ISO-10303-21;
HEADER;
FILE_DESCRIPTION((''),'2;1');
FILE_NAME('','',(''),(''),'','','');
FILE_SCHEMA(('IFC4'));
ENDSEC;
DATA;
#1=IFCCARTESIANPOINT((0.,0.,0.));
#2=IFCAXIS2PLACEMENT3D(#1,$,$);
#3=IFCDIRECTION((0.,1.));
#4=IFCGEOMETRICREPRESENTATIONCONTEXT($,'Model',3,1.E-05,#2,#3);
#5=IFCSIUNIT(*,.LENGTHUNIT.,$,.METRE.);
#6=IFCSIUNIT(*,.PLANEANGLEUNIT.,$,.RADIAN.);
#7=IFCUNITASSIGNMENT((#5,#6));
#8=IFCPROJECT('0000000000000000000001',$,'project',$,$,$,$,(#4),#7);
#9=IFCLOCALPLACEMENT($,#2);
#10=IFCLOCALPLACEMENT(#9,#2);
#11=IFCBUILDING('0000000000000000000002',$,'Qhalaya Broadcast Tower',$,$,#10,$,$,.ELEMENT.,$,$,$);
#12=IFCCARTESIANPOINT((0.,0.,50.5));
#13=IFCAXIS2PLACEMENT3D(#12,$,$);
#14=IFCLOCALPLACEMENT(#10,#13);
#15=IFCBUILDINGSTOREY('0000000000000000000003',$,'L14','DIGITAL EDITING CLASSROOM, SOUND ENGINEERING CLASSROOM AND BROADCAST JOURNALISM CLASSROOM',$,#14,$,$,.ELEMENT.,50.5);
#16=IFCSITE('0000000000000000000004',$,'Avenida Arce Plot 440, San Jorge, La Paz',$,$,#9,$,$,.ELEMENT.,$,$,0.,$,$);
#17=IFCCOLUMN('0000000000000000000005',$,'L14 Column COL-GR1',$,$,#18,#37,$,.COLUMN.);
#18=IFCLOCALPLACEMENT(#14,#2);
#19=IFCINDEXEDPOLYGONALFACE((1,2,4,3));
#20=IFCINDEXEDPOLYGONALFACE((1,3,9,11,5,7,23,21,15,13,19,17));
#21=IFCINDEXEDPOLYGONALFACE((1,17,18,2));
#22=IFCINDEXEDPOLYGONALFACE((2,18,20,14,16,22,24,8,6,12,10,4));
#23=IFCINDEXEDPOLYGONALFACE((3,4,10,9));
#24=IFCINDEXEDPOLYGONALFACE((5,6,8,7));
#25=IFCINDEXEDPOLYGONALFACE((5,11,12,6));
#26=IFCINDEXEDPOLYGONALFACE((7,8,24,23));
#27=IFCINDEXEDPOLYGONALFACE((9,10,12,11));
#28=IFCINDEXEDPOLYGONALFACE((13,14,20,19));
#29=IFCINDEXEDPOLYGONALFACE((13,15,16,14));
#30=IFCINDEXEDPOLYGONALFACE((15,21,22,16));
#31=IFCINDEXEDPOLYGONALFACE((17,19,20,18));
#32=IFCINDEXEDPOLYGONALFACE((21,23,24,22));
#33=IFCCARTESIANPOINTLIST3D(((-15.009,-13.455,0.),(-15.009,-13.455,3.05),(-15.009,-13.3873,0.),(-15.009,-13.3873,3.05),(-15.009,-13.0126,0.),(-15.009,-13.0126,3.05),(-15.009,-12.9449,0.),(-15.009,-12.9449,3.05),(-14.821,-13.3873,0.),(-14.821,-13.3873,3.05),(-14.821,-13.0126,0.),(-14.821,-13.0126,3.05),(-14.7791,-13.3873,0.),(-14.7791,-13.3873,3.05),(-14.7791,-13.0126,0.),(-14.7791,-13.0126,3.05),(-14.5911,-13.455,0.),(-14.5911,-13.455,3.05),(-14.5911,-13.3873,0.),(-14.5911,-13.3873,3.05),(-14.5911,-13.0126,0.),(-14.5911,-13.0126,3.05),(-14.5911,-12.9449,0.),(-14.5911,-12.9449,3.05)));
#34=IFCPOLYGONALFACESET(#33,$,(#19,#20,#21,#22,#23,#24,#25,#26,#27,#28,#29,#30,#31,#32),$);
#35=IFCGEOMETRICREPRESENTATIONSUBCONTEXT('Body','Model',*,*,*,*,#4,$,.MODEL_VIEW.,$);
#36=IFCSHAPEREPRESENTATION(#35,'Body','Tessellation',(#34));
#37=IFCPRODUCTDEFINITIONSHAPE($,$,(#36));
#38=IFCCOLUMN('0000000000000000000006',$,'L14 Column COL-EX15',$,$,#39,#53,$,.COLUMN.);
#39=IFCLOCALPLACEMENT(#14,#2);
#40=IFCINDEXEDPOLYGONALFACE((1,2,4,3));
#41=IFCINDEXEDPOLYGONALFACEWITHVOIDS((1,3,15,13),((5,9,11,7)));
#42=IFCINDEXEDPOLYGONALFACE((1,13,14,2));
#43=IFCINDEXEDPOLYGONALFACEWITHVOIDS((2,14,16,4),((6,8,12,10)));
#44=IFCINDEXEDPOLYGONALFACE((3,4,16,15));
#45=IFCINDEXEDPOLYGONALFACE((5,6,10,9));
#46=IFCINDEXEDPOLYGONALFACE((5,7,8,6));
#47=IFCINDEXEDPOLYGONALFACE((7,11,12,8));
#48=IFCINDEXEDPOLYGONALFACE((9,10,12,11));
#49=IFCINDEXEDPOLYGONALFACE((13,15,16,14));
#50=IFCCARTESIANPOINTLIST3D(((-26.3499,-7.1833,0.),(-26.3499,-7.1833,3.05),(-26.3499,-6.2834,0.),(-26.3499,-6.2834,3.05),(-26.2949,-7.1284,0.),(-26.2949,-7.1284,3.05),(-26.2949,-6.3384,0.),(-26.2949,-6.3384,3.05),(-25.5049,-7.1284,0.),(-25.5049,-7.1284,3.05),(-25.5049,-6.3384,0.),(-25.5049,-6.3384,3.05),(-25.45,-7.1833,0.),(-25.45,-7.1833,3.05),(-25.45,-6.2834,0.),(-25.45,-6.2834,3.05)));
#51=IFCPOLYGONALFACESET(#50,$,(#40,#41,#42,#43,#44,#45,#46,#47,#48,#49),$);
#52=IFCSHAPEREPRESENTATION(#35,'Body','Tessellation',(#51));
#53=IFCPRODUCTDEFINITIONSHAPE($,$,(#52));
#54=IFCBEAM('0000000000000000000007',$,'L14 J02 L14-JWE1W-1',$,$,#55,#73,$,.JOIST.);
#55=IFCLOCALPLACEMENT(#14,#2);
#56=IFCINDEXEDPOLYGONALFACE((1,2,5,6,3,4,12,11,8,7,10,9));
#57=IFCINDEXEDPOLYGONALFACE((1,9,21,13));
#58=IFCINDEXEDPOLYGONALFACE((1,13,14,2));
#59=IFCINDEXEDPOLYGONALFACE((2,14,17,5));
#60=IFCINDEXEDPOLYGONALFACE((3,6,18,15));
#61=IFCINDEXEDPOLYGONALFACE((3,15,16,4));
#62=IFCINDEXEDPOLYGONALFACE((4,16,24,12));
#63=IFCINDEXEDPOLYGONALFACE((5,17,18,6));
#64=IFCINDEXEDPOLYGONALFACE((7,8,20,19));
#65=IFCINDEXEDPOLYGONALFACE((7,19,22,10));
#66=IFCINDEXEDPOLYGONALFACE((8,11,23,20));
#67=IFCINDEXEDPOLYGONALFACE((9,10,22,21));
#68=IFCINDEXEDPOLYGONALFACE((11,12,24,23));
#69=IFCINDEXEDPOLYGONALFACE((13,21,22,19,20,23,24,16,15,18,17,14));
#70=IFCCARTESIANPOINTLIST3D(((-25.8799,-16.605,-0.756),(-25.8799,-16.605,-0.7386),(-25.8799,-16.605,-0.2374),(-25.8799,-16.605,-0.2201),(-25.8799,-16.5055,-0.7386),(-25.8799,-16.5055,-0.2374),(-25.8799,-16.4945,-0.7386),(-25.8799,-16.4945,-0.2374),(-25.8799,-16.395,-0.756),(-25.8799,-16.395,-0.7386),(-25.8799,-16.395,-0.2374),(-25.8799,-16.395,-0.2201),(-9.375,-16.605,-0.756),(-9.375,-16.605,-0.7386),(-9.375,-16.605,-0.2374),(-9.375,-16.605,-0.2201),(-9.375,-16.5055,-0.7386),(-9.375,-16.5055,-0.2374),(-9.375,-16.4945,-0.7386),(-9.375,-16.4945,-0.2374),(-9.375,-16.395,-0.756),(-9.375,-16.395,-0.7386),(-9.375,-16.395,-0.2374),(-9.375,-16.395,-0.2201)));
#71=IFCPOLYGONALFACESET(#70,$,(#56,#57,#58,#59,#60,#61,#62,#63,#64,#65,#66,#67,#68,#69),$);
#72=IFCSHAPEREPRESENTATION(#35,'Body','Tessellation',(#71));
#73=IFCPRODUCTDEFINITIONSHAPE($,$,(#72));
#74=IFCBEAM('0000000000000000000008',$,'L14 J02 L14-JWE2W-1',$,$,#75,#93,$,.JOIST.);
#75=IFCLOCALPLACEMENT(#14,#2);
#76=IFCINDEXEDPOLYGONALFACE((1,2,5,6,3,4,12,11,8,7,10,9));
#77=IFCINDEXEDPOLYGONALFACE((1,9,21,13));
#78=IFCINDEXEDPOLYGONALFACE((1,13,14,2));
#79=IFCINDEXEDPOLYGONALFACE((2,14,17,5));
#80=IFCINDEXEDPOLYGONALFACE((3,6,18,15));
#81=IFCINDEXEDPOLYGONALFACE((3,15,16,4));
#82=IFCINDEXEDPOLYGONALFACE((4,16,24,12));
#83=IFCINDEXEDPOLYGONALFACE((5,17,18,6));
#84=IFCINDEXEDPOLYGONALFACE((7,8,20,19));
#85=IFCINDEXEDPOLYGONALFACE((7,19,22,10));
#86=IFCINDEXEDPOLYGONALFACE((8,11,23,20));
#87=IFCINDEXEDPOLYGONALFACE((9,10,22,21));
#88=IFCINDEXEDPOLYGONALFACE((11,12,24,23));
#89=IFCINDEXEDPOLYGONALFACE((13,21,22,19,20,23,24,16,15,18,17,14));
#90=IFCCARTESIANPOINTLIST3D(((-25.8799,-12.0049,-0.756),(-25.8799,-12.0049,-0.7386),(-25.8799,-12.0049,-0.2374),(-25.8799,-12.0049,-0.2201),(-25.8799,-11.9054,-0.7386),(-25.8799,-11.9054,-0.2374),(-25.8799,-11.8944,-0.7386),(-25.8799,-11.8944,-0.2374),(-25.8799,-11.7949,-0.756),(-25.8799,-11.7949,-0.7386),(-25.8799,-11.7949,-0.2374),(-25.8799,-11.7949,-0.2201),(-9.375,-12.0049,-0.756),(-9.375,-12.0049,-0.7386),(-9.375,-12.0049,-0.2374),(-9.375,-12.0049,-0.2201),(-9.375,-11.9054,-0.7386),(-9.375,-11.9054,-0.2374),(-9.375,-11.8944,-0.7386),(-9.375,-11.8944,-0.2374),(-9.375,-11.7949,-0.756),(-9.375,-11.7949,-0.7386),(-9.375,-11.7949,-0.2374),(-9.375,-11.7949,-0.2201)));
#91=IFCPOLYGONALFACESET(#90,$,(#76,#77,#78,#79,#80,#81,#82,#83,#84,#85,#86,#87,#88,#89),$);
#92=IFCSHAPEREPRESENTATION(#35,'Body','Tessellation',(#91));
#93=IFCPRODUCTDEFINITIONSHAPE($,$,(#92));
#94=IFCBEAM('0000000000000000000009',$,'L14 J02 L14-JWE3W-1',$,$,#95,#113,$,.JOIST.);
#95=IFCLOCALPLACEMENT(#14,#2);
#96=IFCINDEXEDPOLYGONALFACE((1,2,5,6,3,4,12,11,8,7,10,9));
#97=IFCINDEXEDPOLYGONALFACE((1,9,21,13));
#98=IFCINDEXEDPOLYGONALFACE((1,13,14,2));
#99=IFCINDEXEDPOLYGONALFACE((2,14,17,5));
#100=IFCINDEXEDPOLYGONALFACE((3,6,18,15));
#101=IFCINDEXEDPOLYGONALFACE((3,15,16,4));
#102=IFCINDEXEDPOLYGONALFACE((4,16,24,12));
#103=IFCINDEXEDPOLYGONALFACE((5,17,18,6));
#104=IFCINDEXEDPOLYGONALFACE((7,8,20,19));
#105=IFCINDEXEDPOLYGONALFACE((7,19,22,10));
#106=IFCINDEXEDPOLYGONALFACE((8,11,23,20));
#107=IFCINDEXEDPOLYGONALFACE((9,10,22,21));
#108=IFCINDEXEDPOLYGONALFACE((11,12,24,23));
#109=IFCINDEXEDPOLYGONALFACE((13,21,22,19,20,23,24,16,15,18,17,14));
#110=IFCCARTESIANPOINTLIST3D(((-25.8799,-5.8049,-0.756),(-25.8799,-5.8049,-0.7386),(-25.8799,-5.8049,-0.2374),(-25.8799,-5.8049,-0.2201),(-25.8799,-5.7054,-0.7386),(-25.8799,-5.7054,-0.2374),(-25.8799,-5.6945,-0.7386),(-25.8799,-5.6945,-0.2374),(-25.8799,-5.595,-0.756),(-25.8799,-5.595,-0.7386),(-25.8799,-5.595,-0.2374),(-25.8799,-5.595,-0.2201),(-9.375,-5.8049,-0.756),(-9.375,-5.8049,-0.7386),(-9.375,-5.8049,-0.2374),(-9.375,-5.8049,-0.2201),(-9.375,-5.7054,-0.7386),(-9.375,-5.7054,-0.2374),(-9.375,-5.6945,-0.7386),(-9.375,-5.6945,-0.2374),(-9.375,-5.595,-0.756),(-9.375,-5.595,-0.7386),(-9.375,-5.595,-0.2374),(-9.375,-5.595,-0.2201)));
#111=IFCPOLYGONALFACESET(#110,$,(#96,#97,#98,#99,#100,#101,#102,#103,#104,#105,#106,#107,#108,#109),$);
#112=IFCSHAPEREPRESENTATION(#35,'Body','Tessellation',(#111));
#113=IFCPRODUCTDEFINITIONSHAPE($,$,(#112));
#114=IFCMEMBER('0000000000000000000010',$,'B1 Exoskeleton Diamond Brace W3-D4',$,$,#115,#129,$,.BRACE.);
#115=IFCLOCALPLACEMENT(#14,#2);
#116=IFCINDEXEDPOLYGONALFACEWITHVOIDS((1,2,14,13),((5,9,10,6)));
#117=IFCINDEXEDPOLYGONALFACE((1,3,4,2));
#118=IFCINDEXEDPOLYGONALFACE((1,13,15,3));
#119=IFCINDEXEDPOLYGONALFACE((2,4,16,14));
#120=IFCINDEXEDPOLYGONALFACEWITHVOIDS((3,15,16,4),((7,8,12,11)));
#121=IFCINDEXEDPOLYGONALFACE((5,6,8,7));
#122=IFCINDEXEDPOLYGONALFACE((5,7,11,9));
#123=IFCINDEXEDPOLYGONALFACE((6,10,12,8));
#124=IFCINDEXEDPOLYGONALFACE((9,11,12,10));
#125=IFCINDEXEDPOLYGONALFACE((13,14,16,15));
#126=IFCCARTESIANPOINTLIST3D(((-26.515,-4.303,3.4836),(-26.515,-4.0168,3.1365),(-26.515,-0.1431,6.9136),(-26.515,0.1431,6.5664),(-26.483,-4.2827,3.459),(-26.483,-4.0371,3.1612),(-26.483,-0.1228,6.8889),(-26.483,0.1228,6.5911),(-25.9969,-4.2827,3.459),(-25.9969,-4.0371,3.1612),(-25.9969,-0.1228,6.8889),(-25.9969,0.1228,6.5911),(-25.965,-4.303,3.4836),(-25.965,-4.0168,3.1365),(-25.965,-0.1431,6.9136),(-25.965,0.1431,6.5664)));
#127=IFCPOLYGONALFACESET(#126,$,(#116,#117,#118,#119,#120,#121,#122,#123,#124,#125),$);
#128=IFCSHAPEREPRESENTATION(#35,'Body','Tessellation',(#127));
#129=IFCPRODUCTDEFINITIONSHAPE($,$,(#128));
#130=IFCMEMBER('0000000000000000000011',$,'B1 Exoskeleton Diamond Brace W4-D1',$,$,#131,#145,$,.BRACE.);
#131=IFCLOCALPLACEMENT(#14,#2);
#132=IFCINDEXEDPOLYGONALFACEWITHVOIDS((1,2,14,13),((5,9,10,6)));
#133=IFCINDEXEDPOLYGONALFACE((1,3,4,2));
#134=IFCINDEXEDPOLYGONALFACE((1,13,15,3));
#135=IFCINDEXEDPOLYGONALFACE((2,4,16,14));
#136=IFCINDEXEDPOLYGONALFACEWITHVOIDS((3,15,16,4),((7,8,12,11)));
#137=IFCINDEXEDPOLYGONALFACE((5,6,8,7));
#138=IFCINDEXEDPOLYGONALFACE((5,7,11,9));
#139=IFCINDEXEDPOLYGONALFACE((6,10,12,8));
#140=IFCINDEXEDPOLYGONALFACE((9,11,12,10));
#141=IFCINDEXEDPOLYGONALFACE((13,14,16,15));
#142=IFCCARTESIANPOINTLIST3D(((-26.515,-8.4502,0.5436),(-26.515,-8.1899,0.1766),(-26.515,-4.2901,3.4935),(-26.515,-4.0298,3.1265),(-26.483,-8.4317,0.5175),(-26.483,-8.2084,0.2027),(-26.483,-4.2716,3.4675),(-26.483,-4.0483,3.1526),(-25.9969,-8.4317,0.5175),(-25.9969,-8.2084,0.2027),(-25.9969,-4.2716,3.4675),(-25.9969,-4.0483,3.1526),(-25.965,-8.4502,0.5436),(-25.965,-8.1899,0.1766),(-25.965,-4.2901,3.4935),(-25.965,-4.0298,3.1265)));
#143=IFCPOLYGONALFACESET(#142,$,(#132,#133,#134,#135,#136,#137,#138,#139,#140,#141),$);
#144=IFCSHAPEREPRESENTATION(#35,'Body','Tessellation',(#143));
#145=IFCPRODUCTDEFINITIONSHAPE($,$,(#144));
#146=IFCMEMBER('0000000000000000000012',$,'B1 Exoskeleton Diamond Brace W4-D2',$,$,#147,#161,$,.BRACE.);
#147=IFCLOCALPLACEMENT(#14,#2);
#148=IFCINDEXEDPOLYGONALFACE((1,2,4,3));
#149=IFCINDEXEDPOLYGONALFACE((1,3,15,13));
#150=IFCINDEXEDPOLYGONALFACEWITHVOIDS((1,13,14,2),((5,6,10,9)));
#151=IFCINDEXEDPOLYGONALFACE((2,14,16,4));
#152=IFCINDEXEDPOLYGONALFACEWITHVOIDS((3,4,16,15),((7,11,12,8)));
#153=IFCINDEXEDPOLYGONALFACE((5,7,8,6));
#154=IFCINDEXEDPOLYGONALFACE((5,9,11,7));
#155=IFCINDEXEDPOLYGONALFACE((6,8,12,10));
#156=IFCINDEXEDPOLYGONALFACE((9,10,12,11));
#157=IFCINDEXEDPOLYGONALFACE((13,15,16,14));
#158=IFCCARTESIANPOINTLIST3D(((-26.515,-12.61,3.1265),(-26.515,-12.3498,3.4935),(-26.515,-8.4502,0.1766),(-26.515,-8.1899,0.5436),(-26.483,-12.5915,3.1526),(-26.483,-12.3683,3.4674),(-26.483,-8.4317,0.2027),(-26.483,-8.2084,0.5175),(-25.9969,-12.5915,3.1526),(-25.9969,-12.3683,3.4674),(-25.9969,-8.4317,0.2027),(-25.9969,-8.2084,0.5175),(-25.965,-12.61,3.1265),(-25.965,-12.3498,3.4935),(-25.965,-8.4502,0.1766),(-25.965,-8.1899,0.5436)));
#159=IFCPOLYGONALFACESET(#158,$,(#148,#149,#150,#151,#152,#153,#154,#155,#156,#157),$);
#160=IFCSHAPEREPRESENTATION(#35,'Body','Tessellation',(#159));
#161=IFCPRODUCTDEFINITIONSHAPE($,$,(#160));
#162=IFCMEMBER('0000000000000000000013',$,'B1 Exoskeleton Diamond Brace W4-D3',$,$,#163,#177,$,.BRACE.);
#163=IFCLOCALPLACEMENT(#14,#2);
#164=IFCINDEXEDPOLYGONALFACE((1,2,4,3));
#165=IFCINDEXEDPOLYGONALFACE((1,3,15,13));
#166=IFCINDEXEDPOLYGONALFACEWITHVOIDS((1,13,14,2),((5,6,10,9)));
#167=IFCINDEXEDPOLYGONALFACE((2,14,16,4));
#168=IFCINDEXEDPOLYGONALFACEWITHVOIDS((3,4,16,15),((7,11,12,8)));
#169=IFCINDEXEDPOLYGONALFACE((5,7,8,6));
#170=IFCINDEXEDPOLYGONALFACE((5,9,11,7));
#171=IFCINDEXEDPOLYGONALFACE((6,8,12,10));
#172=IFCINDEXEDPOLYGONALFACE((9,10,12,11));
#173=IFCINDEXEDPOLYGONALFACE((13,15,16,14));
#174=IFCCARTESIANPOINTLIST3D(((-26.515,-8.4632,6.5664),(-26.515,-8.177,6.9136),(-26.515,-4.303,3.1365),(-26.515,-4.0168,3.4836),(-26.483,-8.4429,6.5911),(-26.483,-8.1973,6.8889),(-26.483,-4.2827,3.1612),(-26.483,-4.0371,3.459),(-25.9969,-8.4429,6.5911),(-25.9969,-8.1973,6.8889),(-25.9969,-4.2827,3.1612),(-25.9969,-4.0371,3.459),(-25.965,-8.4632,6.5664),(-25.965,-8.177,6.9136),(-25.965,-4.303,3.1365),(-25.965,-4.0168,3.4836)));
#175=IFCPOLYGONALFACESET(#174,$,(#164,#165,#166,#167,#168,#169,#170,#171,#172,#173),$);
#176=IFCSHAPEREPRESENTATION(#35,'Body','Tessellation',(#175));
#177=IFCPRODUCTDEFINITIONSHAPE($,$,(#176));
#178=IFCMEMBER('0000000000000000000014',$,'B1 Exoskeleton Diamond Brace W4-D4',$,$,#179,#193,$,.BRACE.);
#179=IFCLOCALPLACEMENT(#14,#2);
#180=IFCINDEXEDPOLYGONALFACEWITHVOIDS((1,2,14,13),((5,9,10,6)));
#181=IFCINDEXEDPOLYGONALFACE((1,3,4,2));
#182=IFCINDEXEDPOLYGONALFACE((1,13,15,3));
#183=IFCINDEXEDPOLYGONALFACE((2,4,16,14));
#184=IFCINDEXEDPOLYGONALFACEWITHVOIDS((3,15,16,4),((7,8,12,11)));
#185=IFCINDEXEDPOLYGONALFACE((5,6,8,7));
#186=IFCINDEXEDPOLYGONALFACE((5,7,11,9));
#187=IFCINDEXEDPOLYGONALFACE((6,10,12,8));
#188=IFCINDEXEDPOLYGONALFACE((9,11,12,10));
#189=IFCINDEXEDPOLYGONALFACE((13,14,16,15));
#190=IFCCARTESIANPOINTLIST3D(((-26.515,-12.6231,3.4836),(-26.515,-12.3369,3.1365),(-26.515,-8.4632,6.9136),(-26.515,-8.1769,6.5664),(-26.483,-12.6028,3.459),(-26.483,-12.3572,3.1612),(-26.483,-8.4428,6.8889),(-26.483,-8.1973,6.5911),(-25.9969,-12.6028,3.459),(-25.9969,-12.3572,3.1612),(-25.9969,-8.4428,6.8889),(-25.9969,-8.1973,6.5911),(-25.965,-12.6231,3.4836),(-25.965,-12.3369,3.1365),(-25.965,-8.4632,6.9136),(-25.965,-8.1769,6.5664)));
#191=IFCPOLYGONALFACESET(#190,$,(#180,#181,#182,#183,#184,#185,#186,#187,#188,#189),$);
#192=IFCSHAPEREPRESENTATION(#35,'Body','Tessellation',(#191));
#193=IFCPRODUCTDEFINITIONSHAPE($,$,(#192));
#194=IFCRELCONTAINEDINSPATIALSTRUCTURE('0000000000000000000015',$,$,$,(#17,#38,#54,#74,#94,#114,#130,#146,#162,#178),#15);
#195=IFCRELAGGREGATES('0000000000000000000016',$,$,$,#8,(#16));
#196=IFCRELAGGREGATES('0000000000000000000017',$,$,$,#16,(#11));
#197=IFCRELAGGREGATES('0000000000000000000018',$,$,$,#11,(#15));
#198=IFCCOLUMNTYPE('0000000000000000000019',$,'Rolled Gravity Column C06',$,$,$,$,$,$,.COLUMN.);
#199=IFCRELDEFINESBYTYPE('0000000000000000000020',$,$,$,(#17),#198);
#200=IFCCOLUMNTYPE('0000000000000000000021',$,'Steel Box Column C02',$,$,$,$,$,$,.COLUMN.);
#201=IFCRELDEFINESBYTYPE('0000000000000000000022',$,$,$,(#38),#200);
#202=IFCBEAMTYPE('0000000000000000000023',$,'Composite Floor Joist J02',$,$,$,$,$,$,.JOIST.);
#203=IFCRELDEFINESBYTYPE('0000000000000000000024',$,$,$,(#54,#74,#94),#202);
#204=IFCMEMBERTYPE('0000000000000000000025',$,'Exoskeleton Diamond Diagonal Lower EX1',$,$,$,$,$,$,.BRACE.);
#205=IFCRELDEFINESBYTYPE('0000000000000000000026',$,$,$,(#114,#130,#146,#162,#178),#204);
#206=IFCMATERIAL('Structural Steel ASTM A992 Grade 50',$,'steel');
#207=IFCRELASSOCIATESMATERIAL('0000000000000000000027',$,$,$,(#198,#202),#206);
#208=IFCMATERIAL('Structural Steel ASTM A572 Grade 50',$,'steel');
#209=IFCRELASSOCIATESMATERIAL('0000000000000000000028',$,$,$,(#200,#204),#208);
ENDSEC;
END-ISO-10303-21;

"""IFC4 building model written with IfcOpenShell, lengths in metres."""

from ifc_helpers import new_model, si_unit, direction, frame, origin, origin_2d, place, context, subcontext, project, spatial, hollow_rectangle, i_section, extrude, material, material_profile, profile_set, type_object, element, save


model = new_model("IFC4")

# Units and contexts
model_context = context("Model", 3, precision=1e-05, world=origin(), true_north=direction((0.0, 1.0)))
body_context = subcontext(model_context, "Body", "Model", "MODEL_VIEW")
ifc_project = project(units=[si_unit("LENGTHUNIT", "METRE"), si_unit("PLANEANGLEUNIT", "RADIAN")], contexts=[model_context])

# Site, building, storey
site_placement = place(None, origin())
site = spatial("IfcSite", under=ifc_project, at=site_placement, Name="Avenida Arce Plot 440, San Jorge, La Paz", CompositionType="ELEMENT", RefElevation=0.0)
building_placement = place(site_placement, origin())
building = spatial("IfcBuilding", under=site, at=building_placement, Name="Qhalaya Broadcast Tower", CompositionType="ELEMENT")
storey_placement = place(building_placement, frame((0.0, 0.0, 50.5)))
storey = spatial("IfcBuildingStorey", under=building, at=storey_placement, Name="L14", Description="DIGITAL EDITING CLASSROOM, SOUND ENGINEERING CLASSROOM AND BROADCAST JOURNALISM CLASSROOM", CompositionType="ELEMENT", Elevation=50.5)

# Columns
ifc_material_1 = material(Name="Structural Steel ASTM A992 Grade 50", Category="steel")
ifc_material_profile_1 = material_profile(ifc_material_1, i_section(OverallWidth=0.418, OverallDepth=0.51, WebThickness=0.042, FlangeThickness=0.0676, at=origin_2d()), Name="W14X370")
ifc_profile_set_1 = profile_set([ifc_material_profile_1], Name="Structural Steel ASTM A992 Grade 50")
column_type_1 = type_object("IfcColumnType", Name="Rolled Gravity Column C06", PredefinedType="COLUMN", material=ifc_profile_set_1)
column_1_placement = place(storey_placement, frame((-14.8, -13.2, 0.0), z_axis=(0.0, 0.0, 1.0), x_axis=(1.0, 0.0, 0.0)))
element("IfcColumn", 1, at=column_1_placement, inside=storey, type_object=column_type_1, Name="L14 Column COL-GR1", PredefinedType="COLUMN", context=body_context, shape_type="SweptSolid", body=[
    extrude(i_section(OverallWidth=0.418, OverallDepth=0.51, WebThickness=0.042, FlangeThickness=0.0676, at=origin_2d()), origin(), (0.0, 0.0, 1.0), 3.05),
])
ifc_material_2 = material(Name="Structural Steel ASTM A572 Grade 50", Category="steel")
ifc_material_profile_2 = material_profile(ifc_material_2, hollow_rectangle(XDim=0.8999, YDim=0.8999, WallThickness=0.0549, at=origin_2d()), Name="BOX 900x900x55")
ifc_profile_set_2 = profile_set([ifc_material_profile_2], Name="Structural Steel ASTM A572 Grade 50")
column_type_2 = type_object("IfcColumnType", Name="Steel Box Column C02", PredefinedType="COLUMN", material=ifc_profile_set_2)
column_2_placement = place(storey_placement, frame((-25.8999, -6.7334, 0.0), z_axis=(0.0, 0.0, 1.0), x_axis=(0.0, 1.0, 0.0)))
element("IfcColumn", 2, at=column_2_placement, inside=storey, type_object=column_type_2, Name="L14 Column COL-EX15", PredefinedType="COLUMN", context=body_context, shape_type="SweptSolid", body=[
    extrude(hollow_rectangle(XDim=0.8999, YDim=0.8999, WallThickness=0.0549, at=origin_2d()), origin(), (0.0, 0.0, 1.0), 3.05),
])

# Beams
ifc_material_profile_3 = material_profile(ifc_material_1, i_section(OverallWidth=0.21, OverallDepth=0.5359, WebThickness=0.011, FlangeThickness=0.0173, at=origin_2d()), Name="W21X68")
ifc_profile_set_3 = profile_set([ifc_material_profile_3], Name="Structural Steel ASTM A992 Grade 50")
beam_type_1 = type_object("IfcBeamType", Name="Composite Floor Joist J02", PredefinedType="JOIST", material=ifc_profile_set_3)
for number, where, z_axis, x_axis, name in (
    (3, (-25.8799, -16.5, -0.488), (1.0, 0.0, 0.0), (0.0, 1.0, 0.0), "L14 J02 L14-JWE1W-1"),
    (4, (-25.8799, -11.8999, -0.488), (1.0, 0.0, 0.0), (0.0, 1.0, 0.0), "L14 J02 L14-JWE2W-1"),
    (5, (-25.8799, -5.7, -0.488), (1.0, 0.0, 0.0), (0.0, 1.0, 0.0), "L14 J02 L14-JWE3W-1"),
):
    element("IfcBeam", number, at=place(storey_placement, frame(where, z_axis=z_axis, x_axis=x_axis)), inside=storey, type_object=beam_type_1, Name=name, PredefinedType="JOIST", context=body_context, shape_type="SweptSolid", body=[
        extrude(i_section(OverallWidth=0.21, OverallDepth=0.5359, WebThickness=0.011, FlangeThickness=0.0173, at=origin_2d()), origin(), (0.0, 0.0, 1.0), 16.5049),
    ])

# Members
ifc_material_profile_4 = material_profile(ifc_material_2, hollow_rectangle(XDim=0.45, YDim=0.55, WallThickness=0.032, at=origin_2d()), Name="BOX 450x550x32")
ifc_profile_set_4 = profile_set([ifc_material_profile_4], Name="Structural Steel ASTM A572 Grade 50")
member_type = type_object("IfcMemberType", Name="Exoskeleton Diamond Diagonal Lower EX1", PredefinedType="BRACE", material=ifc_profile_set_4)
member_1_placement = place(storey_placement, frame((-26.24, -4.1599, 3.3101), z_axis=(0.0, 0.771555, 0.636163), x_axis=(0.0, -0.636163, 0.771555)))
element("IfcMember", 6, at=member_1_placement, inside=storey, type_object=member_type, Name="B1 Exoskeleton Diamond Brace W3-D4", PredefinedType="BRACE", context=body_context, shape_type="SweptSolid", body=[
    extrude(hollow_rectangle(XDim=0.45, YDim=0.55, WallThickness=0.032, at=origin_2d()), origin(), (0.0, 0.0, 1.0), 5.3916),
])
member_2_placement = place(storey_placement, frame((-26.24, -8.3201, 0.3601), z_axis=(0.0, 0.815731, 0.578432), x_axis=(0.0, -0.578432, 0.815731)))
element("IfcMember", 7, at=member_2_placement, inside=storey, type_object=member_type, Name="B1 Exoskeleton Diamond Brace W4-D1", PredefinedType="BRACE", context=body_context, shape_type="SweptSolid", body=[
    extrude(hollow_rectangle(XDim=0.45, YDim=0.55, WallThickness=0.032, at=origin_2d()), origin(), (0.0, 0.0, 1.0), 5.0999),
])
member_3_placement = place(storey_placement, frame((-26.24, -8.3201, 0.3601), z_axis=(0.0, -0.815715, 0.578454), x_axis=(0.0, 0.578454, 0.815715)))
element("IfcMember", 8, at=member_3_placement, inside=storey, type_object=member_type, Name="B1 Exoskeleton Diamond Brace W4-D2", PredefinedType="BRACE", context=body_context, shape_type="SweptSolid", body=[
    extrude(hollow_rectangle(XDim=0.45, YDim=0.55, WallThickness=0.032, at=origin_2d()), origin(), (0.0, 0.0, 1.0), 5.0996),
])
member_4_placement = place(storey_placement, frame((-26.24, -4.1599, 3.3101), z_axis=(0.0, -0.771573, 0.63614), x_axis=(0.0, 0.63614, 0.771573)))
element("IfcMember", 9, at=member_4_placement, inside=storey, type_object=member_type, Name="B1 Exoskeleton Diamond Brace W4-D3", PredefinedType="BRACE", context=body_context, shape_type="SweptSolid", body=[
    extrude(hollow_rectangle(XDim=0.45, YDim=0.55, WallThickness=0.032, at=origin_2d()), origin(), (0.0, 0.0, 1.0), 5.3918),
])
for number, where, z_axis, x_axis, name in (
    (10, (-26.24, -12.48, 3.3101), (0.0, 0.771555, 0.636163), (0.0, -0.636163, 0.771555), "B1 Exoskeleton Diamond Brace W4-D4"),
):
    element("IfcMember", number, at=place(storey_placement, frame(where, z_axis=z_axis, x_axis=x_axis)), inside=storey, type_object=member_type, Name=name, PredefinedType="BRACE", context=body_context, shape_type="SweptSolid", body=[
        extrude(hollow_rectangle(XDim=0.45, YDim=0.55, WallThickness=0.032, at=origin_2d()), origin(), (0.0, 0.0, 1.0), 5.3916),
    ])

save(model, "model.ifc")
